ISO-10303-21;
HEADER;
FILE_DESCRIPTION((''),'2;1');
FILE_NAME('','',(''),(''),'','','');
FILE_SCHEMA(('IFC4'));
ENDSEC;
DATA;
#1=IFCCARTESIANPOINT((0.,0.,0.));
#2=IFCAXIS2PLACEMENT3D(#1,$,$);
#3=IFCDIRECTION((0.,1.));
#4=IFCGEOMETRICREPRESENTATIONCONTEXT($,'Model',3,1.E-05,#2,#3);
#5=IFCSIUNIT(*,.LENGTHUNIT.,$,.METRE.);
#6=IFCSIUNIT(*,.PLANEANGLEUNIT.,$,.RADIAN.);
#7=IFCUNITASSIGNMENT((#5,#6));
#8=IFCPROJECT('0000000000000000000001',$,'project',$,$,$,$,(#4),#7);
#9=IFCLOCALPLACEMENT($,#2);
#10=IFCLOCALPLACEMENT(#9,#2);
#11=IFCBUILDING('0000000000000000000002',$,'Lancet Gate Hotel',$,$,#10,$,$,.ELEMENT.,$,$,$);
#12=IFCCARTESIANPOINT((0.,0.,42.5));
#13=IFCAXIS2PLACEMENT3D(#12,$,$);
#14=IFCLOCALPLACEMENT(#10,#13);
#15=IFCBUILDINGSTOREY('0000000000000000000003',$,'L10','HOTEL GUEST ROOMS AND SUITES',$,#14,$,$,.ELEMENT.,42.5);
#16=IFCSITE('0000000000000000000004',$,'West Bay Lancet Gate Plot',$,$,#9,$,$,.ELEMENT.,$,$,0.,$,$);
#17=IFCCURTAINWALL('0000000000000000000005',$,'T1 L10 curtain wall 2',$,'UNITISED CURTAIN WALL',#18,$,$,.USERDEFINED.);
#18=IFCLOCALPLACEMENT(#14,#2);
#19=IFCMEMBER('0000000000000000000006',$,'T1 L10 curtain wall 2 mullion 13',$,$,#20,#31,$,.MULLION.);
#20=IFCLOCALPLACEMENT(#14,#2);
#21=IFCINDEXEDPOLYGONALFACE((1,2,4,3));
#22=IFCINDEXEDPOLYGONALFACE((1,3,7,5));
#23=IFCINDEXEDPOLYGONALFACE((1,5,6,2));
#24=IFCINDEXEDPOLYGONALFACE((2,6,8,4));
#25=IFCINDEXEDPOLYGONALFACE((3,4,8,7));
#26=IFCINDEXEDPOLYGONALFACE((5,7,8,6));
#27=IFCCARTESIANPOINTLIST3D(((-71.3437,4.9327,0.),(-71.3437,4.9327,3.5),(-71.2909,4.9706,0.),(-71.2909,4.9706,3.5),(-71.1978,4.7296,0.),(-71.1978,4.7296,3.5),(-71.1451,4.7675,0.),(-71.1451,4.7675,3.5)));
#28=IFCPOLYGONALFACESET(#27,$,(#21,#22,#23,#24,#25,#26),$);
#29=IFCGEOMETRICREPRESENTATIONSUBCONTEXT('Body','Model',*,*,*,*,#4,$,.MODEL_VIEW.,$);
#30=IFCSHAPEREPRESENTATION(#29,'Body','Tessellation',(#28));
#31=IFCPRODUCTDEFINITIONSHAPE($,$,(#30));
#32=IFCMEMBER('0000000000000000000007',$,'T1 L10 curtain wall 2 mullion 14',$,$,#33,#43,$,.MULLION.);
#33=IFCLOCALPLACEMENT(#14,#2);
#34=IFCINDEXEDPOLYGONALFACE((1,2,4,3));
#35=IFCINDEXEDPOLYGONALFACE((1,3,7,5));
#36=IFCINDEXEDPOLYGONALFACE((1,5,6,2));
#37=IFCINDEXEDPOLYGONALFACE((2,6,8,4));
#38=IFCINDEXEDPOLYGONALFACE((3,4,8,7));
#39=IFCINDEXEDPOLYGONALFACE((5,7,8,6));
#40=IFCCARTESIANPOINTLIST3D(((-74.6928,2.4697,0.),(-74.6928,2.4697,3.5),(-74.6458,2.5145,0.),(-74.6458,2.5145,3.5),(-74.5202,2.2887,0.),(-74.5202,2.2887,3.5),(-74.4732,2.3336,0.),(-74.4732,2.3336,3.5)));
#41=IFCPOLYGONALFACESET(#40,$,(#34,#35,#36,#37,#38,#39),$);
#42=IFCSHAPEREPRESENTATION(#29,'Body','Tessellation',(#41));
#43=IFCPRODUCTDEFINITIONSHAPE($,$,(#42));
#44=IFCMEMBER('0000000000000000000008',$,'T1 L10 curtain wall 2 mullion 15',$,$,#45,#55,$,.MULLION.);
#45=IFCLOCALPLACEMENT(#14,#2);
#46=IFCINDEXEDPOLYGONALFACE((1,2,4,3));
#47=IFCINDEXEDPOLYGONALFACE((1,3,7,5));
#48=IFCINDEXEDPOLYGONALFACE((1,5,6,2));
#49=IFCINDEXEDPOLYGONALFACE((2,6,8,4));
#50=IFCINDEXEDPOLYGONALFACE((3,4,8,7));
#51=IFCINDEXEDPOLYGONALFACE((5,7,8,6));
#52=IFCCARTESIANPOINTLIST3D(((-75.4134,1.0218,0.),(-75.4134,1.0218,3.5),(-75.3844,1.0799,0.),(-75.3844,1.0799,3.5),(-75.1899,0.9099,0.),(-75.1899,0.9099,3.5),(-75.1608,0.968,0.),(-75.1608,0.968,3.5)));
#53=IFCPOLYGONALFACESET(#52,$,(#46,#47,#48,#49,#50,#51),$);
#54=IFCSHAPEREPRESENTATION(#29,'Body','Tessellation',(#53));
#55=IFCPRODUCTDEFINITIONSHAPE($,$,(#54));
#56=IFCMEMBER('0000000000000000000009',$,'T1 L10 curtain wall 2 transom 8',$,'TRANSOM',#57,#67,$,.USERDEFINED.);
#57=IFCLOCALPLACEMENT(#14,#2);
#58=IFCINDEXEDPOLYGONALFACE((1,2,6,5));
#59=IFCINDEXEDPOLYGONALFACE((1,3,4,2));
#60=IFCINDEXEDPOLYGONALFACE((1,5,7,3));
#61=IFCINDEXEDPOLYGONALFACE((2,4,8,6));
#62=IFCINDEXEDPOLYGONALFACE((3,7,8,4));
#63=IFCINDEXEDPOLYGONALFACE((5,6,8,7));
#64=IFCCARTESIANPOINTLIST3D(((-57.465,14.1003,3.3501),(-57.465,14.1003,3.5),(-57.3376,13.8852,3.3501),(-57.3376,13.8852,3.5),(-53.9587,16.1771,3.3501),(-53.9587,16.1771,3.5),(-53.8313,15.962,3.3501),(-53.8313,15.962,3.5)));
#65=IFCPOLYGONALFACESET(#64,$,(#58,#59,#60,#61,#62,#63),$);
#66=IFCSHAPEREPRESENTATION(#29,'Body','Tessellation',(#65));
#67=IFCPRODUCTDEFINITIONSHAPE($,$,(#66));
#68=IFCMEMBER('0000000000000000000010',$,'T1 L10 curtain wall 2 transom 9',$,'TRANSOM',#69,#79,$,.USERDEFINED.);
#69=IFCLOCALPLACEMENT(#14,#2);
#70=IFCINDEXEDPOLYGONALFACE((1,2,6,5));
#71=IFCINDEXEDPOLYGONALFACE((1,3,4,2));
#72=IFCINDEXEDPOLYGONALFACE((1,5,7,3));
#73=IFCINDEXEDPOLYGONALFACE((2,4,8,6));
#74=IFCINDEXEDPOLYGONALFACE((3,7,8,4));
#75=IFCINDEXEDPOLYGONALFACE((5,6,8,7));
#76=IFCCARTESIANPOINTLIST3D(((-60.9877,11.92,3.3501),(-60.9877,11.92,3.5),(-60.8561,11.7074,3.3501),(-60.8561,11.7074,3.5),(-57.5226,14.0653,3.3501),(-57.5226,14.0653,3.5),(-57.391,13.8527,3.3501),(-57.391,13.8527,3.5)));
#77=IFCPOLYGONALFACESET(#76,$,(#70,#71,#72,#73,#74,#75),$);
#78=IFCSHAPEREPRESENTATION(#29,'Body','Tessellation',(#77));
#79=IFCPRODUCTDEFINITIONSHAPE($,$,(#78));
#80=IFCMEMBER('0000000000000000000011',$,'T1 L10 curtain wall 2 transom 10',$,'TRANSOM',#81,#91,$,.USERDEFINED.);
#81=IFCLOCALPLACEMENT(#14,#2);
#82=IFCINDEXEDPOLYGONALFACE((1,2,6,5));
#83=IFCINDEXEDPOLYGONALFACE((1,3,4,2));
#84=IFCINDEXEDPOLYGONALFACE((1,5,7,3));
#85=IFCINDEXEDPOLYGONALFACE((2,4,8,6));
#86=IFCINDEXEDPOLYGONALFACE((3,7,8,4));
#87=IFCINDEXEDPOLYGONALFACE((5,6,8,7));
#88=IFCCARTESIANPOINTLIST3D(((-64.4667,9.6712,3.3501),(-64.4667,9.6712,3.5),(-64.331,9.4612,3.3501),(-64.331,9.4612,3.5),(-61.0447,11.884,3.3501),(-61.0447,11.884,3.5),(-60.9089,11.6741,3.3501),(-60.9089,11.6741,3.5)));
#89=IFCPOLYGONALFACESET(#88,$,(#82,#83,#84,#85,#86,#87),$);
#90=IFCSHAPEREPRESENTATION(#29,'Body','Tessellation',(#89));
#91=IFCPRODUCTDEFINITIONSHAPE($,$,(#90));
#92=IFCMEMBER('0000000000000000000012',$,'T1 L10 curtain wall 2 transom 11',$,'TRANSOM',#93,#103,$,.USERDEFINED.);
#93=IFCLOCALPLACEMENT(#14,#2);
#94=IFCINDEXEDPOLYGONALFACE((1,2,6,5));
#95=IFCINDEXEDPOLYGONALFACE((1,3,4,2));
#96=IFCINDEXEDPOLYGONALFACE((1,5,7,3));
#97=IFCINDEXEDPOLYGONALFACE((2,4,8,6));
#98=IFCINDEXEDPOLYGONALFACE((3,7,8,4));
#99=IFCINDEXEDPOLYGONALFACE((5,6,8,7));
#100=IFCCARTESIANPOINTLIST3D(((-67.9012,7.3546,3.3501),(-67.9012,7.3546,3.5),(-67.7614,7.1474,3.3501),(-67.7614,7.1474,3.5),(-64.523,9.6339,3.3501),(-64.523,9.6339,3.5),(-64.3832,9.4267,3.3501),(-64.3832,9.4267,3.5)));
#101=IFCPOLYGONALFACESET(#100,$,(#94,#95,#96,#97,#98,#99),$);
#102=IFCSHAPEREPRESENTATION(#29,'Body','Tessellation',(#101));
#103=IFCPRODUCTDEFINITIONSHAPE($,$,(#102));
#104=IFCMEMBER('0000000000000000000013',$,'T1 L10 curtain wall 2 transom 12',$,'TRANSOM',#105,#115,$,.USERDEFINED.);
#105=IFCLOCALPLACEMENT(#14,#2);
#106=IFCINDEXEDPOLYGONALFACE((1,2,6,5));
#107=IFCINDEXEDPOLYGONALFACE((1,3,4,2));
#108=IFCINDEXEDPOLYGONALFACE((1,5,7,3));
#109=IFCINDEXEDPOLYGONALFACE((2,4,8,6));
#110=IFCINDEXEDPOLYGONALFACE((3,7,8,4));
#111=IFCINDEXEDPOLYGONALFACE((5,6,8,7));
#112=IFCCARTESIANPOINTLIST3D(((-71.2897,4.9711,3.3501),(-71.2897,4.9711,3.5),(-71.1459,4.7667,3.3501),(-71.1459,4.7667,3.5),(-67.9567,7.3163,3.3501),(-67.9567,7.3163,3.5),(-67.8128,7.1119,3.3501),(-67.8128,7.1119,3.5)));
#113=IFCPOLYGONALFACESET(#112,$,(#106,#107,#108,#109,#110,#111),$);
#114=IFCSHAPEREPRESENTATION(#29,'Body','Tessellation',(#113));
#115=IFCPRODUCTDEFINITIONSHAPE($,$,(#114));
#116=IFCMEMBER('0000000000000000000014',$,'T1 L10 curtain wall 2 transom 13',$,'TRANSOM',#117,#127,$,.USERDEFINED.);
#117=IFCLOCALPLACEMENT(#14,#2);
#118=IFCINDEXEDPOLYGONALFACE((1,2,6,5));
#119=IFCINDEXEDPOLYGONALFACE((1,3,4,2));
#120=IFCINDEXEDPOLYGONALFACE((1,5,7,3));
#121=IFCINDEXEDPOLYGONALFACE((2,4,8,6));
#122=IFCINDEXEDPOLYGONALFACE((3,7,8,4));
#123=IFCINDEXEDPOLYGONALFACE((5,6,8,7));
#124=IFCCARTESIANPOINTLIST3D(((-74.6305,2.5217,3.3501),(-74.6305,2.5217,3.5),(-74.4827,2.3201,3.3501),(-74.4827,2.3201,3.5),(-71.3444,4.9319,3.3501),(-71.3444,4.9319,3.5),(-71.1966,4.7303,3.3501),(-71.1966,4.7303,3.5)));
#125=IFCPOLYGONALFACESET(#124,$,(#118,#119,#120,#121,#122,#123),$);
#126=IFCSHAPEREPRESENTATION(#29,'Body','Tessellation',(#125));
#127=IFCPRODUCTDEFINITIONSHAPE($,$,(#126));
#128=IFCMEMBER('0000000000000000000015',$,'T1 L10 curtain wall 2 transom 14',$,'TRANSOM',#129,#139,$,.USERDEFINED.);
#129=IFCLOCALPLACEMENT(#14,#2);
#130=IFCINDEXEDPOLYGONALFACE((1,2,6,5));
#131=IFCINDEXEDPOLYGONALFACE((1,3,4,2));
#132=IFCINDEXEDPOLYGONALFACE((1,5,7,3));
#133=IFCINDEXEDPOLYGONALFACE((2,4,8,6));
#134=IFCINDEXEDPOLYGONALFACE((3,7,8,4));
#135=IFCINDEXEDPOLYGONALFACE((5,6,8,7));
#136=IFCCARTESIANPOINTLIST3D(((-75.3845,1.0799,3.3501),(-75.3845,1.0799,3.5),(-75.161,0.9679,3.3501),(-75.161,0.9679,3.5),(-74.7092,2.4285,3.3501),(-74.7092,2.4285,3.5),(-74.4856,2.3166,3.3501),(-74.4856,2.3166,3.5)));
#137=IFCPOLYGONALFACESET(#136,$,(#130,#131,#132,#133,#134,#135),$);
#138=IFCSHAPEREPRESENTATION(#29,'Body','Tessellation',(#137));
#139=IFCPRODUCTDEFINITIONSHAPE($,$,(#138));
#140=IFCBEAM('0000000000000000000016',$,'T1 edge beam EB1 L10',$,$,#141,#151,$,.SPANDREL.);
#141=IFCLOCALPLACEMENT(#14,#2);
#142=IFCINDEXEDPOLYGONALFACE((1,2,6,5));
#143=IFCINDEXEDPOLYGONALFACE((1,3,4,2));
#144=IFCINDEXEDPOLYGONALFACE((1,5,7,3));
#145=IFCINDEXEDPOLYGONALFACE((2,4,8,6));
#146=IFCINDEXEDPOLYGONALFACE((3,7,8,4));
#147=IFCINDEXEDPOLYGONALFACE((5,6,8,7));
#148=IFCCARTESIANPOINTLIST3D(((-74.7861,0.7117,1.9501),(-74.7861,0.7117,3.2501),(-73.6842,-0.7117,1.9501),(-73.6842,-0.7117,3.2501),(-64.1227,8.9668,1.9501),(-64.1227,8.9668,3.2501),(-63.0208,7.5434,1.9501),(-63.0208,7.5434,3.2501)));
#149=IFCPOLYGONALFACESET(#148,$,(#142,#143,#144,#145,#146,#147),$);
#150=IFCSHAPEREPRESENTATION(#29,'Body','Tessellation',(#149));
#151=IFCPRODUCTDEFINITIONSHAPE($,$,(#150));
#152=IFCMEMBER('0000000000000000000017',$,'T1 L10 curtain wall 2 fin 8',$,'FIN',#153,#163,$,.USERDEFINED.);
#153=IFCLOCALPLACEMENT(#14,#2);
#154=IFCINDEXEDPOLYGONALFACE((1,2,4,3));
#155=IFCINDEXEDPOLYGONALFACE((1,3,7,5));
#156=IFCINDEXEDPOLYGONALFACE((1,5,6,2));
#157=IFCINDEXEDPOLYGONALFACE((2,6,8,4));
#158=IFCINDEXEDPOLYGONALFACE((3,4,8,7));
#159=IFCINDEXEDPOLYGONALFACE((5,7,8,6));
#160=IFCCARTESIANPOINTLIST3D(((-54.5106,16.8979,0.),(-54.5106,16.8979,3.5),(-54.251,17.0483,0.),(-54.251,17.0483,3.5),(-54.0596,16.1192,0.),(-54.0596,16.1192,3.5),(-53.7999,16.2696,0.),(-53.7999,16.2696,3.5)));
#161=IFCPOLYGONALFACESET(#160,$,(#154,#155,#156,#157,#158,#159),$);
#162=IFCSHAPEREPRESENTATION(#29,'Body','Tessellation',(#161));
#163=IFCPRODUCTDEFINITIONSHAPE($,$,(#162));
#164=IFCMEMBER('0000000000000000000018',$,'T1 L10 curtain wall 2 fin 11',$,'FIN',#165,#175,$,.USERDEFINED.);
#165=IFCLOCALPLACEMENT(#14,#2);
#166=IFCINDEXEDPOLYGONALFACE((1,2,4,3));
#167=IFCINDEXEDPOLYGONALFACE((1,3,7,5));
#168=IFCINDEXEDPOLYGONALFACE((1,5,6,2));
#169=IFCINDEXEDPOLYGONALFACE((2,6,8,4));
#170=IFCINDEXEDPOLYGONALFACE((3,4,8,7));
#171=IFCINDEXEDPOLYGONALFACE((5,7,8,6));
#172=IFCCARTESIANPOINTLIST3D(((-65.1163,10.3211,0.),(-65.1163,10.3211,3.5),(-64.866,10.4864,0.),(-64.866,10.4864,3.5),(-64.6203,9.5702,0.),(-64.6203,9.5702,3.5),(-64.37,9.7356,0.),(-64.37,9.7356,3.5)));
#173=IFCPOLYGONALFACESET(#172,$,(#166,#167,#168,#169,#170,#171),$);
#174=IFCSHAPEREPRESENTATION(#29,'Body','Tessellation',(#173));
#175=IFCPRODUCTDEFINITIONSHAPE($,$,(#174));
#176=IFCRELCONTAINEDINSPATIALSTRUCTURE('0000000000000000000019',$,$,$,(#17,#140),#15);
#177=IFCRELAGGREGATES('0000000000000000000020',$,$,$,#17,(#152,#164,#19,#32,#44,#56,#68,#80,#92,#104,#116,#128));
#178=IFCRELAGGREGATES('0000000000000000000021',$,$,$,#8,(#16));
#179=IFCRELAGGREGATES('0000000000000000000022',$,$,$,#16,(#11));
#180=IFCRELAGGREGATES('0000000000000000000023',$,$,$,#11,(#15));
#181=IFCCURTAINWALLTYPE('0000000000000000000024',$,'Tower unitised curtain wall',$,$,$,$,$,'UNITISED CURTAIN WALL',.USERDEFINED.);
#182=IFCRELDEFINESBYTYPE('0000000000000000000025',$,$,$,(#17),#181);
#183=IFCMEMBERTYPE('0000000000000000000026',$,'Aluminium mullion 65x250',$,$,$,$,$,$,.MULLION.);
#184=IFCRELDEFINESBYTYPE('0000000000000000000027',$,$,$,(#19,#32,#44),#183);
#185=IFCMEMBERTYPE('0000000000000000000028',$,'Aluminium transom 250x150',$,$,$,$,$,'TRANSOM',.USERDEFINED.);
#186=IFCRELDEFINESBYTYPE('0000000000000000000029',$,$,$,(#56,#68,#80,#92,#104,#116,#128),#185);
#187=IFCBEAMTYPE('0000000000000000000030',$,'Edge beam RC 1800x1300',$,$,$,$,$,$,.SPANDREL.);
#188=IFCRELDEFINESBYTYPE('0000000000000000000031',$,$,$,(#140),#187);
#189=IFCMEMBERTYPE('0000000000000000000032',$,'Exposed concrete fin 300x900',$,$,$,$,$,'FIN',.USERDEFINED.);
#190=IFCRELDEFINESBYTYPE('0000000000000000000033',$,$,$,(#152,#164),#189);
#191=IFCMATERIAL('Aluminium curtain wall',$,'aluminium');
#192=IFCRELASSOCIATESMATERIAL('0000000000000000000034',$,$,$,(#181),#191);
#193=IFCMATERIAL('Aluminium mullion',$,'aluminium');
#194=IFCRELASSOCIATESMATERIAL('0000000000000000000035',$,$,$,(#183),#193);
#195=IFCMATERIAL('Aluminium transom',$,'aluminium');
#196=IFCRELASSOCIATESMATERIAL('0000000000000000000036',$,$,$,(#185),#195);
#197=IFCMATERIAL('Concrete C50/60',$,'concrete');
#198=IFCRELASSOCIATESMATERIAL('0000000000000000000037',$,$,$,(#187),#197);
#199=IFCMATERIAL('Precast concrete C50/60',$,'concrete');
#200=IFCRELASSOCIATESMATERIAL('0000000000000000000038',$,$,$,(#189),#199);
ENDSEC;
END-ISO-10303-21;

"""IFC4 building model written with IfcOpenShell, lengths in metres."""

from ifc_helpers import new_model, si_unit, direction, frame, origin, origin_2d, place, context, subcontext, project, spatial, rectangle, extrude, material, material_profile, profile_set, type_object, element, aggregate, save


model = new_model("IFC4")

# Units and contexts
model_context = context("Model", 3, precision=1e-05, world=origin(), true_north=direction((0.0, 1.0)))
body_context = subcontext(model_context, "Body", "Model", "MODEL_VIEW")
ifc_project = project(units=[si_unit("LENGTHUNIT", "METRE"), si_unit("PLANEANGLEUNIT", "RADIAN")], contexts=[model_context])

# Site, building, storey
site_placement = place(None, origin())
site = spatial("IfcSite", under=ifc_project, at=site_placement, Name="West Bay Lancet Gate Plot", CompositionType="ELEMENT", RefElevation=0.0)
building_placement = place(site_placement, origin())
building = spatial("IfcBuilding", under=site, at=building_placement, Name="Lancet Gate Hotel", CompositionType="ELEMENT")
storey_placement = place(building_placement, frame((0.0, 0.0, 42.5)))
storey = spatial("IfcBuildingStorey", under=building, at=storey_placement, Name="L10", Description="HOTEL GUEST ROOMS AND SUITES", CompositionType="ELEMENT", Elevation=42.5)

# Curtain wall, members
ifc_material_1 = material(Name="Aluminium curtain wall", Category="aluminium")
curtain_wall_type = type_object("IfcCurtainWallType", Name="Tower unitised curtain wall", ElementType="UNITISED CURTAIN WALL", PredefinedType="USERDEFINED", material=ifc_material_1)
curtain_wall_placement = place(storey_placement, origin())
curtain_wall = element("IfcCurtainWall", 1, at=curtain_wall_placement, inside=storey, type_object=curtain_wall_type, Name="T1 L10 curtain wall 2", ObjectType="UNITISED CURTAIN WALL", PredefinedType="USERDEFINED")
ifc_material_2 = material(Name="Aluminium mullion", Category="aluminium")
ifc_material_profile_1 = material_profile(ifc_material_2, rectangle(XDim=0.0649, YDim=0.25, at=origin_2d()), Name="MULLION 65x250")
ifc_profile_set_1 = profile_set([ifc_material_profile_1], Name="Aluminium mullion")
member_type_1 = type_object("IfcMemberType", Name="Aluminium mullion 65x250", PredefinedType="MULLION", material=ifc_profile_set_1)
member_1_placement = place(storey_placement, frame((-71.2444, 4.8501, 0.0), z_axis=(0.0, 0.0, 1.0), x_axis=(-0.812147, -0.583453, 0.0)))
member_1 = element("IfcMember", 2, at=member_1_placement, type_object=member_type_1, Name="T1 L10 curtain wall 2 mullion 13", PredefinedType="MULLION", context=body_context, shape_type="SweptSolid", body=[
    extrude(rectangle(XDim=0.0649, YDim=0.25, at=origin_2d()), origin(), (0.0, 0.0, 1.0), 3.5),
])
member_2_placement = place(storey_placement, frame((-74.583, 2.4016, 0.0), z_axis=(0.0, 0.0, 1.0), x_axis=(-0.723696, -0.690119, 0.0)))
member_2 = element("IfcMember", 3, at=member_2_placement, type_object=member_type_1, Name="T1 L10 curtain wall 2 mullion 14", PredefinedType="MULLION", context=body_context, shape_type="SweptSolid", body=[
    extrude(rectangle(XDim=0.0649, YDim=0.25, at=origin_2d()), origin(), (0.0, 0.0, 1.0), 3.5),
])
member_3_placement = place(storey_placement, frame((-75.2871, 0.9949, 0.0), z_axis=(0.0, 0.0, 1.0), x_axis=(-0.447628, -0.89422, 0.0)))
member_3 = element("IfcMember", 4, at=member_3_placement, type_object=member_type_1, Name="T1 L10 curtain wall 2 mullion 15", PredefinedType="MULLION", context=body_context, shape_type="SweptSolid", body=[
    extrude(rectangle(XDim=0.0649, YDim=0.25, at=origin_2d()), origin(), (0.0, 0.0, 1.0), 3.5),
])
ifc_material_3 = material(Name="Aluminium transom", Category="aluminium")
ifc_material_profile_2 = material_profile(ifc_material_3, rectangle(XDim=0.25, YDim=0.1499, at=origin_2d()), Name="TRANSOM 250x150")
ifc_profile_set_2 = profile_set([ifc_material_profile_2], Name="Aluminium transom")
member_type_2 = type_object("IfcMemberType", Name="Aluminium transom 250x150", ElementType="TRANSOM", PredefinedType="USERDEFINED", material=ifc_profile_set_2)
member_4_placement = place(storey_placement, frame((-53.895, 16.0696, 3.425), z_axis=(-0.860392, -0.509633, 0.0), x_axis=(0.509633, -0.860392, 0.0)))
member_4 = element("IfcMember", 5, at=member_4_placement, type_object=member_type_2, Name="T1 L10 curtain wall 2 transom 8", ObjectType="TRANSOM", PredefinedType="USERDEFINED", context=body_context, shape_type="SweptSolid", body=[
    extrude(rectangle(XDim=0.25, YDim=0.1499, at=origin_2d()), origin(), (0.0, 0.0, 1.0), 4.0752),
])
member_5_placement = place(storey_placement, frame((-57.4568, 13.959, 3.425), z_axis=(-0.850242, -0.526392, 0.0), x_axis=(0.526392, -0.850242, 0.0)))
member_5 = element("IfcMember", 6, at=member_5_placement, type_object=member_type_2, Name="T1 L10 curtain wall 2 transom 9", ObjectType="TRANSOM", PredefinedType="USERDEFINED", context=body_context, shape_type="SweptSolid", body=[
    extrude(rectangle(XDim=0.25, YDim=0.1499, at=origin_2d()), origin(), (0.0, 0.0, 1.0), 4.0754),
])
member_6_placement = place(storey_placement, frame((-60.9768, 11.7791, 3.425), z_axis=(-0.839729, -0.543005, 0.0), x_axis=(0.543005, -0.839729, 0.0)))
member_6 = element("IfcMember", 7, at=member_6_placement, type_object=member_type_2, Name="T1 L10 curtain wall 2 transom 10", ObjectType="TRANSOM", PredefinedType="USERDEFINED", context=body_context, shape_type="SweptSolid", body=[
    extrude(rectangle(XDim=0.25, YDim=0.1499, at=origin_2d()), origin(), (0.0, 0.0, 1.0), 4.0752),
])
member_7_placement = place(storey_placement, frame((-64.4531, 9.5303, 3.425), z_axis=(-0.828959, -0.559309, 0.0), x_axis=(0.559309, -0.828959, 0.0)))
member_7 = element("IfcMember", 8, at=member_7_placement, type_object=member_type_2, Name="T1 L10 curtain wall 2 transom 11", ObjectType="TRANSOM", PredefinedType="USERDEFINED", context=body_context, shape_type="SweptSolid", body=[
    extrude(rectangle(XDim=0.25, YDim=0.1499, at=origin_2d()), origin(), (0.0, 0.0, 1.0), 4.0752),
])
member_8_placement = place(storey_placement, frame((-67.8848, 7.2141, 3.425), z_axis=(-0.817834, -0.575455, 0.0), x_axis=(0.575455, -0.817834, 0.0)))
member_8 = element("IfcMember", 9, at=member_8_placement, type_object=member_type_2, Name="T1 L10 curtain wall 2 transom 12", ObjectType="TRANSOM", PredefinedType="USERDEFINED", context=body_context, shape_type="SweptSolid", body=[
    extrude(rectangle(XDim=0.25, YDim=0.1499, at=origin_2d()), origin(), (0.0, 0.0, 1.0), 4.0754),
])
member_9_placement = place(storey_placement, frame((-71.2705, 4.8311, 3.425), z_axis=(-0.806367, -0.591416, 0.0), x_axis=(0.591416, -0.806367, 0.0)))
member_9 = element("IfcMember", 10, at=member_9_placement, type_object=member_type_2, Name="T1 L10 curtain wall 2 transom 13", ObjectType="TRANSOM", PredefinedType="USERDEFINED", context=body_context, shape_type="SweptSolid", body=[
    extrude(rectangle(XDim=0.25, YDim=0.1499, at=origin_2d()), origin(), (0.0, 0.0, 1.0), 4.0752),
])
member_10_placement = place(storey_placement, frame((-74.5974, 2.3726, 3.425), z_axis=(-0.447732, -0.894168, 0.0), x_axis=(0.894168, -0.447732, 0.0)))
member_10 = element("IfcMember", 11, at=member_10_placement, type_object=member_type_2, Name="T1 L10 curtain wall 2 transom 14", ObjectType="TRANSOM", PredefinedType="USERDEFINED", context=body_context, shape_type="SweptSolid", body=[
    extrude(rectangle(XDim=0.25, YDim=0.1499, at=origin_2d()), origin(), (0.0, 0.0, 1.0), 1.5083),
])

# Beam
ifc_material_4 = material(Name="Concrete C50/60", Category="concrete")
ifc_material_profile_3 = material_profile(ifc_material_4, rectangle(XDim=1.8, YDim=1.3, at=origin_2d()), Name="RC 1800x1300")
ifc_profile_set_3 = profile_set([ifc_material_profile_3], Name="Concrete C50/60")
beam_type_1 = type_object("IfcBeamType", Name="Edge beam RC 1800x1300", PredefinedType="SPANDREL", material=ifc_profile_set_3)
beam_1_placement = place(storey_placement, frame((-63.5718, 8.2551, 2.6001), z_axis=(-0.790736, -0.612157, 0.0), x_axis=(0.612157, -0.790736, 0.0)))
element("IfcBeam", 12, at=beam_1_placement, inside=storey, type_object=beam_type_1, Name="T1 edge beam EB1 L10", PredefinedType="SPANDREL", context=body_context, shape_type="SweptSolid", body=[
    extrude(rectangle(XDim=1.8, YDim=1.3, at=origin_2d()), origin(), (0.0, 0.0, 1.0), 13.4854),
])

# Members
ifc_material_5 = material(Name="Precast concrete C50/60", Category="concrete")
ifc_material_profile_4 = material_profile(ifc_material_5, rectangle(XDim=0.3, YDim=0.8999, at=origin_2d()), Name="FIN 300x900")
ifc_profile_set_4 = profile_set([ifc_material_profile_4], Name="Precast concrete C50/60")
member_type_3 = type_object("IfcMemberType", Name="Exposed concrete fin 300x900", ElementType="FIN", PredefinedType="USERDEFINED", material=ifc_profile_set_4)
member_11_placement = place(storey_placement, frame((-54.1553, 16.5837, 0.0), z_axis=(0.0, 0.0, 1.0), x_axis=(-0.865335, -0.501194, 0.0)))
member_11 = element("IfcMember", 13, at=member_11_placement, type_object=member_type_3, Name="T1 L10 curtain wall 2 fin 8", ObjectType="FIN", PredefinedType="USERDEFINED", context=body_context, shape_type="SweptSolid", body=[
    extrude(rectangle(XDim=0.3, YDim=0.8999, at=origin_2d()), origin(), (0.0, 0.0, 1.0), 3.5),
])
member_12_placement = place(storey_placement, frame((-64.7432, 10.0283, 0.0), z_axis=(0.0, 0.0, 1.0), x_axis=(-0.834387, -0.551178, 0.0)))
member_12 = element("IfcMember", 14, at=member_12_placement, type_object=member_type_3, Name="T1 L10 curtain wall 2 fin 11", ObjectType="FIN", PredefinedType="USERDEFINED", context=body_context, shape_type="SweptSolid", body=[
    extrude(rectangle(XDim=0.3, YDim=0.8999, at=origin_2d()), origin(), (0.0, 0.0, 1.0), 3.5),
])

aggregate(curtain_wall, [member_11, member_12, member_1, member_2, member_3, member_4, member_5, member_6, member_7, member_8, member_9, member_10])

save(model, "model.ifc")
